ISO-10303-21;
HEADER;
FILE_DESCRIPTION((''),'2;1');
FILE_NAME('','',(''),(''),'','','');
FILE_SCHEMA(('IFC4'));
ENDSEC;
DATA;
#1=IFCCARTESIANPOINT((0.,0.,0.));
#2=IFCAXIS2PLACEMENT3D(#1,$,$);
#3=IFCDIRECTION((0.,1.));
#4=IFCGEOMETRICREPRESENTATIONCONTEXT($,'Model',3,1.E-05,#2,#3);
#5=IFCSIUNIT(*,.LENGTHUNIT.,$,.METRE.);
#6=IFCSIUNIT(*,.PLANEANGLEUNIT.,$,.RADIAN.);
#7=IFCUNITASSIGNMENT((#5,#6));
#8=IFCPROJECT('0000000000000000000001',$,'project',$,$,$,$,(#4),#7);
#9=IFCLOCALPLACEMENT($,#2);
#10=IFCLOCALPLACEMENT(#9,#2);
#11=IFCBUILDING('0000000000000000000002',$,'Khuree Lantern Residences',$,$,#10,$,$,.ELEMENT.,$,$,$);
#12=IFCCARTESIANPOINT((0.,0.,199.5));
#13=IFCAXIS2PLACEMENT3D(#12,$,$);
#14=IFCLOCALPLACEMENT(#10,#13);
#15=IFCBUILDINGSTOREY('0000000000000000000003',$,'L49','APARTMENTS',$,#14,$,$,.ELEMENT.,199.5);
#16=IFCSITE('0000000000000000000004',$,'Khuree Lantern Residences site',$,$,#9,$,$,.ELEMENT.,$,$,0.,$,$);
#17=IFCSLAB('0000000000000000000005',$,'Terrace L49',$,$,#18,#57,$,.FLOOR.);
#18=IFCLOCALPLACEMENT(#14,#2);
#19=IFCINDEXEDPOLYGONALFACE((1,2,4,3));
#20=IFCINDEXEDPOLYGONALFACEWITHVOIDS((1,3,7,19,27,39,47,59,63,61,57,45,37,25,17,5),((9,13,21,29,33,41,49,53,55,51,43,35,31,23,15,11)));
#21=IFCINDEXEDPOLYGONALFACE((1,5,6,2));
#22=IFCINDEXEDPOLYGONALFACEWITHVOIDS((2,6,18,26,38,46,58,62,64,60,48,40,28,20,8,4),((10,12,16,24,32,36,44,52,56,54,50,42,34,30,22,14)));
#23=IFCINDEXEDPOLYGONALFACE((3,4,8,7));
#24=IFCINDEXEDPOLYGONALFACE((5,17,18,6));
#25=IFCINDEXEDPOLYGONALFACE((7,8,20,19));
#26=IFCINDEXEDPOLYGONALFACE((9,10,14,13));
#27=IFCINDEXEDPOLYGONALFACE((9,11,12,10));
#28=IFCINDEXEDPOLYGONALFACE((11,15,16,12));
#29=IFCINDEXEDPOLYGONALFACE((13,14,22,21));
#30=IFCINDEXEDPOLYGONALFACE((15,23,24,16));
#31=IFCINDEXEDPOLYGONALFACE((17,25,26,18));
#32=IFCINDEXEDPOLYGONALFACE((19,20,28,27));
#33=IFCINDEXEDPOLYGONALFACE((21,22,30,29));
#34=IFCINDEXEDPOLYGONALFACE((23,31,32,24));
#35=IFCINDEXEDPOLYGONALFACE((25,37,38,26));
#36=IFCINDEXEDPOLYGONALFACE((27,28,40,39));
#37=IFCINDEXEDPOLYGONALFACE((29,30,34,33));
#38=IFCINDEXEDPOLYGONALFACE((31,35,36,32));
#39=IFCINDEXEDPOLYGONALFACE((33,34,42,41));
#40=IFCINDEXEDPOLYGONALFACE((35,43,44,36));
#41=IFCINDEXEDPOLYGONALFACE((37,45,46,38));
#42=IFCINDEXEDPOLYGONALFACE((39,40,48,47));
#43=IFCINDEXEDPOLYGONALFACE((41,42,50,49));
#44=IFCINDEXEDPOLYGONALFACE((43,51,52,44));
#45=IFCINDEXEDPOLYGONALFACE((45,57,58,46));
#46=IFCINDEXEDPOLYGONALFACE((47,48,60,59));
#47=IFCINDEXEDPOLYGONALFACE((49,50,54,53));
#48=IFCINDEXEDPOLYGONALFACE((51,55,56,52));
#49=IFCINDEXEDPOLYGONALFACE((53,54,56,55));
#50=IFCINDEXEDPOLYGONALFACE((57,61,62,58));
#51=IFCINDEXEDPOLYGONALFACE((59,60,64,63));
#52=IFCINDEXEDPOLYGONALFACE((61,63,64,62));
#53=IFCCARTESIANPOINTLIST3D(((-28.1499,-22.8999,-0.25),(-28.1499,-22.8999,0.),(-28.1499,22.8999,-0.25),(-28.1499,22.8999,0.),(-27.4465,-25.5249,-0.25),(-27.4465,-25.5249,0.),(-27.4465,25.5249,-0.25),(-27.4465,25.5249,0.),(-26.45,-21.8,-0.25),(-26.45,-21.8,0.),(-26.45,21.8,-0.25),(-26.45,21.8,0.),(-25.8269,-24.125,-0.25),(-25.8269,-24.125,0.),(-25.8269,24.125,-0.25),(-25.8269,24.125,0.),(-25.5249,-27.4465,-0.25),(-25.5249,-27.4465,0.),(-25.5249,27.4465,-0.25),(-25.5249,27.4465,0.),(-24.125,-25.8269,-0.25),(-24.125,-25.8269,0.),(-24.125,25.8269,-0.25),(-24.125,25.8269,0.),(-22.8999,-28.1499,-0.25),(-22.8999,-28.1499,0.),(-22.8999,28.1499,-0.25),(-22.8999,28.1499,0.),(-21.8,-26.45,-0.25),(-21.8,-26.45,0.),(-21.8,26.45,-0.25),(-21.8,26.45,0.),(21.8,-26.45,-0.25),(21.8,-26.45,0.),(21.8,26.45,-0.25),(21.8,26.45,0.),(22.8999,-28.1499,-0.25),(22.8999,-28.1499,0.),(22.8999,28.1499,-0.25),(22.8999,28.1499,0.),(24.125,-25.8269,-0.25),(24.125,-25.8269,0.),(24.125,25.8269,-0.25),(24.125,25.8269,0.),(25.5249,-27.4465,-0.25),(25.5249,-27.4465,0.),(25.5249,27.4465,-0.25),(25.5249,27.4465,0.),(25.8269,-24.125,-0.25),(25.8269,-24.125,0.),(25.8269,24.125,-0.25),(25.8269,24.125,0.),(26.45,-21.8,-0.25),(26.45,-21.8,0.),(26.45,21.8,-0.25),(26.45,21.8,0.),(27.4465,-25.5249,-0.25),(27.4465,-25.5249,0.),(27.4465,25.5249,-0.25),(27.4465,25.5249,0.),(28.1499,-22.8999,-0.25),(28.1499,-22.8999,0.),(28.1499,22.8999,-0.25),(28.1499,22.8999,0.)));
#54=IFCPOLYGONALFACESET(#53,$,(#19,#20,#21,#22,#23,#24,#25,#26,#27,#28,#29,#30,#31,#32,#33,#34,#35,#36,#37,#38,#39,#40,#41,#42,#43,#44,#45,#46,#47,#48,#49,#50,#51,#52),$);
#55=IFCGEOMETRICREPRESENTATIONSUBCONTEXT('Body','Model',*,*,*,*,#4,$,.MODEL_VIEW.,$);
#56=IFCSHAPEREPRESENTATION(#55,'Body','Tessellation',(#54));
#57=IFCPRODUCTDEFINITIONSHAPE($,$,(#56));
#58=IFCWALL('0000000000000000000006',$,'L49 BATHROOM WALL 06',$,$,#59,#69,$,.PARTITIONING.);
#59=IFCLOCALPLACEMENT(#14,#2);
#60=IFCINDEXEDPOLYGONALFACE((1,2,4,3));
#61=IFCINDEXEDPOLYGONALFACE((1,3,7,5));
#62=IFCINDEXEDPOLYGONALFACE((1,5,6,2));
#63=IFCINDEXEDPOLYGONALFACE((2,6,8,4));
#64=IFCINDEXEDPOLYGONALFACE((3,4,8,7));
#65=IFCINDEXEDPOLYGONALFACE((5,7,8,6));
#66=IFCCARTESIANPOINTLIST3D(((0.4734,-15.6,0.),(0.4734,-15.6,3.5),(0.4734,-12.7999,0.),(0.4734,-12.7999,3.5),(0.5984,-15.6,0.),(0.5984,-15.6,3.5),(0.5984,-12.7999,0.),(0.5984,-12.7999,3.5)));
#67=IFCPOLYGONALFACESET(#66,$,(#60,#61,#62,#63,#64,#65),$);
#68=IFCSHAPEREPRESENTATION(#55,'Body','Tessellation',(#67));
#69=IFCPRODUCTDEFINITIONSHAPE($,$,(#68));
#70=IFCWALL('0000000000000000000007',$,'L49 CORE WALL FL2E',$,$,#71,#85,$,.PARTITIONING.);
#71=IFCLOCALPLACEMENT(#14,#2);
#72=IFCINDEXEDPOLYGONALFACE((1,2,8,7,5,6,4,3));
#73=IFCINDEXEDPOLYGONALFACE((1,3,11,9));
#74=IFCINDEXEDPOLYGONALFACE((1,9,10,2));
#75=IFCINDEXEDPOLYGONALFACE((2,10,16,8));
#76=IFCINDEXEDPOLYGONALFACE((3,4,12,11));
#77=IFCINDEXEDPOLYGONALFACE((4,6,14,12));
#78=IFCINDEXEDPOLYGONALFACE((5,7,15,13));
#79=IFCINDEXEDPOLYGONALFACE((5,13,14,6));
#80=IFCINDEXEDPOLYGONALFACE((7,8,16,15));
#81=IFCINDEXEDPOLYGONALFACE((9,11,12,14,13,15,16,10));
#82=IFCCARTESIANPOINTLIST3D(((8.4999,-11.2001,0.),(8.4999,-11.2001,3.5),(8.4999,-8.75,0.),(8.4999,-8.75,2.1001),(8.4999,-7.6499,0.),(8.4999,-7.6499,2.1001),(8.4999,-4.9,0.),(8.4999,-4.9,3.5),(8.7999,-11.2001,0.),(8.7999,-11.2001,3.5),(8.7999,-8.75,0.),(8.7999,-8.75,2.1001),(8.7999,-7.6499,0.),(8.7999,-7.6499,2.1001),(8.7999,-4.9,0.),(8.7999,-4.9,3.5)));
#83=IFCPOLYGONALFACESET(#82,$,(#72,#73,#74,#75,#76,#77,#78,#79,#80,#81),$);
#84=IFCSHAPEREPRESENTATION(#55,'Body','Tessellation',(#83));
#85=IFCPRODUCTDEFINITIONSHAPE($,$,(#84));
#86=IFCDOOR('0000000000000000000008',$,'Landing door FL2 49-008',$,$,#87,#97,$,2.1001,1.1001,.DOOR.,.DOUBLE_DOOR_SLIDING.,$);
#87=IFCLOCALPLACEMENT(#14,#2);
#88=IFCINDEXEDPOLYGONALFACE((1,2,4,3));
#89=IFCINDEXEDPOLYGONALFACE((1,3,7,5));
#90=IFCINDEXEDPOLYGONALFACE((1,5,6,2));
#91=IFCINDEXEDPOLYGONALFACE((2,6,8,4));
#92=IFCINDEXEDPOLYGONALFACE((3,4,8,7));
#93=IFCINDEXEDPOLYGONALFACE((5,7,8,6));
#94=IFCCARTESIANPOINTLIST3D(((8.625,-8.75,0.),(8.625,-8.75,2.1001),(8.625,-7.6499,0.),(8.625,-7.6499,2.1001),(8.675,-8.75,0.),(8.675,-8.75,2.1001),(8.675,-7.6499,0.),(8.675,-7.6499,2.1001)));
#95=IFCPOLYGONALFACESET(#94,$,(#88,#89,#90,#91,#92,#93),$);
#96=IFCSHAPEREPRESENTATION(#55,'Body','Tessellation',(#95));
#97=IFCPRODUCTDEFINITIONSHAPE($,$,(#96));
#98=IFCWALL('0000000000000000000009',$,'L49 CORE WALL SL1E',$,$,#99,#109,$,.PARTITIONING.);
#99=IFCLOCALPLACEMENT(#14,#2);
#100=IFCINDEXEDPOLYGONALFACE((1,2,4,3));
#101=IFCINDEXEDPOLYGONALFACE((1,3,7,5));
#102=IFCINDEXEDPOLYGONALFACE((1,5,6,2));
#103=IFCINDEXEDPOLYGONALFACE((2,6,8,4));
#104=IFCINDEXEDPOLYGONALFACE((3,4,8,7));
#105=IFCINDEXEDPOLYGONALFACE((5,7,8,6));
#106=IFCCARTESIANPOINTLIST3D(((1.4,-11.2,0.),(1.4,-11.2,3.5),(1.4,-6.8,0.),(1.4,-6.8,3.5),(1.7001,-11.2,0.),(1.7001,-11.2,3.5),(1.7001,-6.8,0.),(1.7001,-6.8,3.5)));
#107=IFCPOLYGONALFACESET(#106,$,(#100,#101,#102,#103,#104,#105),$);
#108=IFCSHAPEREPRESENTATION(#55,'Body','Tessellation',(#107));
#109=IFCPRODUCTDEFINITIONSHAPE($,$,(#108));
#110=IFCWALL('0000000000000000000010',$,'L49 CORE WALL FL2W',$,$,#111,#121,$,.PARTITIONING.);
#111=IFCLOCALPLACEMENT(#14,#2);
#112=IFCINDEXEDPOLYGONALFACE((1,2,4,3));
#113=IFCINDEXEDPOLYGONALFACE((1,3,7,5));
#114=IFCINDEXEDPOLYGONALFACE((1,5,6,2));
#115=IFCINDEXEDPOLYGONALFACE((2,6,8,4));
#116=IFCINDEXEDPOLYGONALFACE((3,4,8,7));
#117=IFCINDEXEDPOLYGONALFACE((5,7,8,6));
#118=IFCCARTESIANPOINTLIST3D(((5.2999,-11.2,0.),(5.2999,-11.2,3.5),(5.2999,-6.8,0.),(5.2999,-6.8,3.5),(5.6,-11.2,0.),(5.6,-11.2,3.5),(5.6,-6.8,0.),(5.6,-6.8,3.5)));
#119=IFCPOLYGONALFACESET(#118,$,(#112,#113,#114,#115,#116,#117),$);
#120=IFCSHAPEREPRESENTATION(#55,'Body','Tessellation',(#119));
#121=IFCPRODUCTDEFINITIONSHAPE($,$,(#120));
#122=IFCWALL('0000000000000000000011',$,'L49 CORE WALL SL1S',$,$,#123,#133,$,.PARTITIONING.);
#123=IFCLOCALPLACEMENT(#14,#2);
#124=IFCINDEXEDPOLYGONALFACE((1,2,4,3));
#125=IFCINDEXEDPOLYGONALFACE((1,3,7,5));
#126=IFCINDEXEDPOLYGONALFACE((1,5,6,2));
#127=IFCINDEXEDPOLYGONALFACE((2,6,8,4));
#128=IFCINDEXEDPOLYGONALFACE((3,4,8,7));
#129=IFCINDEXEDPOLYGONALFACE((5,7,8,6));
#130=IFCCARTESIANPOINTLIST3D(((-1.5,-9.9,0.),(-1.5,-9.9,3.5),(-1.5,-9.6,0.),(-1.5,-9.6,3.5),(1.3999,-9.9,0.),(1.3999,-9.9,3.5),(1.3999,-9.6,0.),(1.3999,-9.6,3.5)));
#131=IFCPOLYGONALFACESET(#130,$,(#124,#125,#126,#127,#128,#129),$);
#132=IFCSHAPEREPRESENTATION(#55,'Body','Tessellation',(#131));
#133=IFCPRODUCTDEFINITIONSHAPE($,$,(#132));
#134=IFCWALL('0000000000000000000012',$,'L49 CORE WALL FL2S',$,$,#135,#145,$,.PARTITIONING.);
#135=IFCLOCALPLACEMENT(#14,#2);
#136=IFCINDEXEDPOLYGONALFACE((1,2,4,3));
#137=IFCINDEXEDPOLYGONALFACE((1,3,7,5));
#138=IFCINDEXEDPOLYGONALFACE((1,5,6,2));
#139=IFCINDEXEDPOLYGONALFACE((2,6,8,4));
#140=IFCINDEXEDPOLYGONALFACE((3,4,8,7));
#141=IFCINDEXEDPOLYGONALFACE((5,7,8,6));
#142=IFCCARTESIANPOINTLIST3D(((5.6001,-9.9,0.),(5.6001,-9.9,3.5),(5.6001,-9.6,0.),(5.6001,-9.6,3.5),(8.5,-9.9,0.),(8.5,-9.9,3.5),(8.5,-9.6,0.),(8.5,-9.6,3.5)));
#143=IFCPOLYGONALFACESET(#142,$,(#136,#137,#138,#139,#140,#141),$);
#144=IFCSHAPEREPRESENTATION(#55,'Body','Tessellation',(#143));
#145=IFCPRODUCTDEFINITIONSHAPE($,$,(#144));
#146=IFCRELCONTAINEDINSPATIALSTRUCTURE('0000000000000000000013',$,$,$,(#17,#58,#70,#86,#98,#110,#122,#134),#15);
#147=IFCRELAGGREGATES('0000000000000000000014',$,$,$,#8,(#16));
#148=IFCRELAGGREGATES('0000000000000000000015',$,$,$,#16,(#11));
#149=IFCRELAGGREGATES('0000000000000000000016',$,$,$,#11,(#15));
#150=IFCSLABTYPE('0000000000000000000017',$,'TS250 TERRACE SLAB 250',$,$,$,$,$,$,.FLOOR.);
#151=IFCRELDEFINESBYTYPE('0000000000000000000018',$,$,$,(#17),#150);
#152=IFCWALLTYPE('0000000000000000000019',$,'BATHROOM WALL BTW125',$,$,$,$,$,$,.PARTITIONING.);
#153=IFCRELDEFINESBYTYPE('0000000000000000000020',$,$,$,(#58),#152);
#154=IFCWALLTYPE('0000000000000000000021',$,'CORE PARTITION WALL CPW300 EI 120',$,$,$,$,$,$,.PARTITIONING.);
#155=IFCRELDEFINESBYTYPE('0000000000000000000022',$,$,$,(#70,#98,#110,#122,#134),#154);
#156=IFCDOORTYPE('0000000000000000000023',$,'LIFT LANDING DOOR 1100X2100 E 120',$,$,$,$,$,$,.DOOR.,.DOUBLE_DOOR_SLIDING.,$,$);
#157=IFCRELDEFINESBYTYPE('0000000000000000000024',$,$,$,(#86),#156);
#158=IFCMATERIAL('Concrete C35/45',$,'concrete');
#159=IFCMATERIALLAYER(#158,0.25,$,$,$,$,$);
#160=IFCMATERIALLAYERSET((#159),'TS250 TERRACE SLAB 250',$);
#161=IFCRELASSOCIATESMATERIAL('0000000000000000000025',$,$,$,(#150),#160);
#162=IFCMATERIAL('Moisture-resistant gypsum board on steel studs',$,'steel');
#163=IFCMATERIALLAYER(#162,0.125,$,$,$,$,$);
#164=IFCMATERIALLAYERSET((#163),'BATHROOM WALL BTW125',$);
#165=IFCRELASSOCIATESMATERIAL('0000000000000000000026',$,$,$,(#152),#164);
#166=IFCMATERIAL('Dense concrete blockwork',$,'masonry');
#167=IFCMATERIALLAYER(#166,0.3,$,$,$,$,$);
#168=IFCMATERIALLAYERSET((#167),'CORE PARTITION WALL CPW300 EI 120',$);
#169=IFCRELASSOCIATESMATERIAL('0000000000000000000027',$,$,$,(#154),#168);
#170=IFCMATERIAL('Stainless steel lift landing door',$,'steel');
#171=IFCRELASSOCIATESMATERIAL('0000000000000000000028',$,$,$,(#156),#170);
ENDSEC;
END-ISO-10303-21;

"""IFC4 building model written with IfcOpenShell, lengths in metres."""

from ifc_helpers import new_model, si_unit, direction, frame, frame_2d, origin, place, context, subcontext, project, spatial, polyline, rectangle, outline, extrude, material, layer, layer_set, type_object, element, fill, save


model = new_model("IFC4")

# Units and contexts
model_context = context("Model", 3, precision=1e-05, world=origin(), true_north=direction((0.0, 1.0)))
body_context = subcontext(model_context, "Body", "Model", "MODEL_VIEW")
ifc_project = project(units=[si_unit("LENGTHUNIT", "METRE"), si_unit("PLANEANGLEUNIT", "RADIAN")], contexts=[model_context])

# Site, building, storey
site_placement = place(None, origin())
site = spatial("IfcSite", under=ifc_project, at=site_placement, Name="Khuree Lantern Residences site", CompositionType="ELEMENT", RefElevation=0.0)
building_placement = place(site_placement, origin())
building = spatial("IfcBuilding", under=site, at=building_placement, Name="Khuree Lantern Residences", CompositionType="ELEMENT")
storey_placement = place(building_placement, frame((0.0, 0.0, 199.5)))
storey = spatial("IfcBuildingStorey", under=building, at=storey_placement, Name="L49", Description="APARTMENTS", CompositionType="ELEMENT", Elevation=199.5)

# Shared definitions
ifc_material_1 = material(Name="Concrete C35/45", Category="concrete")

# Slab
ifc_layer_1 = layer(ifc_material_1, 0.25)
ifc_layer_set_1 = layer_set([ifc_layer_1], Name="TS250 TERRACE SLAB 250")
slab_type_1 = type_object("IfcSlabType", Name="TS250 TERRACE SLAB 250", PredefinedType="FLOOR", material=ifc_layer_set_1)
slab_1_placement = place(storey_placement, frame((0.0, 0.0, -0.25)))
element("IfcSlab", 1, at=slab_1_placement, inside=storey, type_object=slab_type_1, Name="Terrace L49", PredefinedType="FLOOR", context=body_context, shape_type="SweptSolid", body=[
    extrude(outline(polyline([(-25.5249, -27.4465), (-27.4465, -25.5249), (-28.1499, -22.8999), (-28.1499, 22.8999), (-27.4465, 25.5249), (-25.5249, 27.4465), (-22.8999, 28.1499), (22.8999, 28.1499), (25.5249, 27.4465), (27.4465, 25.5249), (28.1499, 22.8999), (28.1499, -22.8999), (27.4465, -25.5249), (25.5249, -27.4465), (22.8999, -28.1499), (-22.8999, -28.1499), (-25.5249, -27.4465)]), holes=[polyline([(25.8269, -24.125), (26.45, -21.8), (26.45, 21.8), (25.8269, 24.125), (24.125, 25.8269), (21.8, 26.45), (-21.8, 26.45), (-24.125, 25.8269), (-25.8269, 24.125), (-26.45, 21.8), (-26.45, -21.8), (-25.8269, -24.125), (-24.125, -25.8269), (-21.8, -26.45), (21.8, -26.45), (24.125, -25.8269), (25.8269, -24.125)])]), origin(), (0.0, 0.0, 1.0), 0.25),
])

# Wall
ifc_material_2 = material(Name="Moisture-resistant gypsum board on steel studs", Category="steel")
ifc_layer_2 = layer(ifc_material_2, 0.125)
ifc_layer_set_2 = layer_set([ifc_layer_2], Name="BATHROOM WALL BTW125")
wall_type_1 = type_object("IfcWallType", Name="BATHROOM WALL BTW125", PredefinedType="PARTITIONING", material=ifc_layer_set_2)
wall_1_placement = place(storey_placement, frame((0.5359, -12.8, 0.0), z_axis=(0.0, 0.0, 1.0), x_axis=(0.0, -1.0, 0.0)))
element("IfcWall", 2, at=wall_1_placement, inside=storey, type_object=wall_type_1, Name="L49 BATHROOM WALL 06", PredefinedType="PARTITIONING", context=body_context, shape_type="SweptSolid", body=[
    extrude(rectangle(XDim=2.8, YDim=0.125, at=frame_2d((1.3999, 0.0))), origin(), (0.0, 0.0, 1.0), 3.5),
])

# Wall, opening, door
ifc_material_3 = material(Name="Dense concrete blockwork", Category="masonry")
ifc_layer_3 = layer(ifc_material_3, 0.3)
ifc_layer_set_3 = layer_set([ifc_layer_3], Name="CORE PARTITION WALL CPW300 EI 120")
wall_type_2 = type_object("IfcWallType", Name="CORE PARTITION WALL CPW300 EI 120", PredefinedType="PARTITIONING", material=ifc_layer_set_3)
wall_2_placement = place(storey_placement, frame((8.6499, -11.2, 0.0), z_axis=(0.0, 0.0, 1.0), x_axis=(0.0, 1.0, 0.0)))
wall_2 = element("IfcWall", 3, at=wall_2_placement, inside=storey, type_object=wall_type_2, Name="L49 CORE WALL FL2E", PredefinedType="PARTITIONING", context=body_context, shape_type="SweptSolid", body=[
    extrude(rectangle(XDim=6.3, YDim=0.3, at=frame_2d((3.1499, 0.0))), origin(), (0.0, 0.0, 1.0), 3.5),
])
opening_1_placement = place(wall_2_placement, frame((2.45, 0.0, 0.0)))
opening_1 = element("IfcOpeningElement", 4, at=opening_1_placement, cuts=wall_2, PredefinedType="OPENING", context=body_context, shape_type="SweptSolid", body=[
    extrude(rectangle(XDim=1.1001, YDim=2.1001, at=frame_2d((0.55, 1.05))), frame((0.0, 0.1602, 0.0), z_axis=(0.0, -1.0, 0.0), x_axis=(1.0, 0.0, 0.0)), (0.0, 0.0, 1.0), 0.3201),
])
ifc_material_4 = material(Name="Stainless steel lift landing door", Category="steel")
door_type_1 = type_object("IfcDoorType", Name="LIFT LANDING DOOR 1100X2100 E 120", OperationType="DOUBLE_DOOR_SLIDING", PredefinedType="DOOR", material=ifc_material_4)
door_1_placement = place(opening_1_placement, origin())
door_1 = element("IfcDoor", 5, at=door_1_placement, inside=storey, type_object=door_type_1, Name="Landing door FL2 49-008", OperationType="DOUBLE_DOOR_SLIDING", OverallHeight=2.1001, OverallWidth=1.1001, PredefinedType="DOOR", context=body_context, shape_type="SweptSolid", body=[
    extrude(rectangle(XDim=1.1001, YDim=2.1001, at=frame_2d((0.55, 1.05))), frame((0.0, 0.0249, 0.0), z_axis=(0.0, -1.0, 0.0), x_axis=(1.0, 0.0, 0.0)), (0.0, 0.0, 1.0), 0.05),
])
fill(opening_1, door_1)

# Walls
for number, where, z_axis, x_axis, name in (
    (6, (1.55, -11.2, 0.0), (0.0, 0.0, 1.0), (0.0, 1.0, 0.0), "L49 CORE WALL SL1E"),
    (7, (5.45, -11.2, 0.0), (0.0, 0.0, 1.0), (0.0, 1.0, 0.0), "L49 CORE WALL FL2W"),
):
    element("IfcWall", number, at=place(storey_placement, frame(where, z_axis=z_axis, x_axis=x_axis)), inside=storey, type_object=wall_type_2, Name=name, PredefinedType="PARTITIONING", context=body_context, shape_type="SweptSolid", body=[
        extrude(rectangle(XDim=4.3999, YDim=0.3, at=frame_2d((2.2, 0.0))), origin(), (0.0, 0.0, 1.0), 3.5),
    ])
for number, where, z_axis, x_axis, name in (
    (8, (-1.5, -9.75, 0.0), (0.0, 0.0, 1.0), (1.0, 0.0, 0.0), "L49 CORE WALL SL1S"),
    (9, (5.6001, -9.75, 0.0), (0.0, 0.0, 1.0), (1.0, 0.0, 0.0), "L49 CORE WALL FL2S"),
):
    element("IfcWall", number, at=place(storey_placement, frame(where, z_axis=z_axis, x_axis=x_axis)), inside=storey, type_object=wall_type_2, Name=name, PredefinedType="PARTITIONING", context=body_context, shape_type="SweptSolid", body=[
        extrude(rectangle(XDim=2.8999, YDim=0.3, at=frame_2d((1.45, 0.0))), origin(), (0.0, 0.0, 1.0), 3.5),
    ])

save(model, "model.ifc")
